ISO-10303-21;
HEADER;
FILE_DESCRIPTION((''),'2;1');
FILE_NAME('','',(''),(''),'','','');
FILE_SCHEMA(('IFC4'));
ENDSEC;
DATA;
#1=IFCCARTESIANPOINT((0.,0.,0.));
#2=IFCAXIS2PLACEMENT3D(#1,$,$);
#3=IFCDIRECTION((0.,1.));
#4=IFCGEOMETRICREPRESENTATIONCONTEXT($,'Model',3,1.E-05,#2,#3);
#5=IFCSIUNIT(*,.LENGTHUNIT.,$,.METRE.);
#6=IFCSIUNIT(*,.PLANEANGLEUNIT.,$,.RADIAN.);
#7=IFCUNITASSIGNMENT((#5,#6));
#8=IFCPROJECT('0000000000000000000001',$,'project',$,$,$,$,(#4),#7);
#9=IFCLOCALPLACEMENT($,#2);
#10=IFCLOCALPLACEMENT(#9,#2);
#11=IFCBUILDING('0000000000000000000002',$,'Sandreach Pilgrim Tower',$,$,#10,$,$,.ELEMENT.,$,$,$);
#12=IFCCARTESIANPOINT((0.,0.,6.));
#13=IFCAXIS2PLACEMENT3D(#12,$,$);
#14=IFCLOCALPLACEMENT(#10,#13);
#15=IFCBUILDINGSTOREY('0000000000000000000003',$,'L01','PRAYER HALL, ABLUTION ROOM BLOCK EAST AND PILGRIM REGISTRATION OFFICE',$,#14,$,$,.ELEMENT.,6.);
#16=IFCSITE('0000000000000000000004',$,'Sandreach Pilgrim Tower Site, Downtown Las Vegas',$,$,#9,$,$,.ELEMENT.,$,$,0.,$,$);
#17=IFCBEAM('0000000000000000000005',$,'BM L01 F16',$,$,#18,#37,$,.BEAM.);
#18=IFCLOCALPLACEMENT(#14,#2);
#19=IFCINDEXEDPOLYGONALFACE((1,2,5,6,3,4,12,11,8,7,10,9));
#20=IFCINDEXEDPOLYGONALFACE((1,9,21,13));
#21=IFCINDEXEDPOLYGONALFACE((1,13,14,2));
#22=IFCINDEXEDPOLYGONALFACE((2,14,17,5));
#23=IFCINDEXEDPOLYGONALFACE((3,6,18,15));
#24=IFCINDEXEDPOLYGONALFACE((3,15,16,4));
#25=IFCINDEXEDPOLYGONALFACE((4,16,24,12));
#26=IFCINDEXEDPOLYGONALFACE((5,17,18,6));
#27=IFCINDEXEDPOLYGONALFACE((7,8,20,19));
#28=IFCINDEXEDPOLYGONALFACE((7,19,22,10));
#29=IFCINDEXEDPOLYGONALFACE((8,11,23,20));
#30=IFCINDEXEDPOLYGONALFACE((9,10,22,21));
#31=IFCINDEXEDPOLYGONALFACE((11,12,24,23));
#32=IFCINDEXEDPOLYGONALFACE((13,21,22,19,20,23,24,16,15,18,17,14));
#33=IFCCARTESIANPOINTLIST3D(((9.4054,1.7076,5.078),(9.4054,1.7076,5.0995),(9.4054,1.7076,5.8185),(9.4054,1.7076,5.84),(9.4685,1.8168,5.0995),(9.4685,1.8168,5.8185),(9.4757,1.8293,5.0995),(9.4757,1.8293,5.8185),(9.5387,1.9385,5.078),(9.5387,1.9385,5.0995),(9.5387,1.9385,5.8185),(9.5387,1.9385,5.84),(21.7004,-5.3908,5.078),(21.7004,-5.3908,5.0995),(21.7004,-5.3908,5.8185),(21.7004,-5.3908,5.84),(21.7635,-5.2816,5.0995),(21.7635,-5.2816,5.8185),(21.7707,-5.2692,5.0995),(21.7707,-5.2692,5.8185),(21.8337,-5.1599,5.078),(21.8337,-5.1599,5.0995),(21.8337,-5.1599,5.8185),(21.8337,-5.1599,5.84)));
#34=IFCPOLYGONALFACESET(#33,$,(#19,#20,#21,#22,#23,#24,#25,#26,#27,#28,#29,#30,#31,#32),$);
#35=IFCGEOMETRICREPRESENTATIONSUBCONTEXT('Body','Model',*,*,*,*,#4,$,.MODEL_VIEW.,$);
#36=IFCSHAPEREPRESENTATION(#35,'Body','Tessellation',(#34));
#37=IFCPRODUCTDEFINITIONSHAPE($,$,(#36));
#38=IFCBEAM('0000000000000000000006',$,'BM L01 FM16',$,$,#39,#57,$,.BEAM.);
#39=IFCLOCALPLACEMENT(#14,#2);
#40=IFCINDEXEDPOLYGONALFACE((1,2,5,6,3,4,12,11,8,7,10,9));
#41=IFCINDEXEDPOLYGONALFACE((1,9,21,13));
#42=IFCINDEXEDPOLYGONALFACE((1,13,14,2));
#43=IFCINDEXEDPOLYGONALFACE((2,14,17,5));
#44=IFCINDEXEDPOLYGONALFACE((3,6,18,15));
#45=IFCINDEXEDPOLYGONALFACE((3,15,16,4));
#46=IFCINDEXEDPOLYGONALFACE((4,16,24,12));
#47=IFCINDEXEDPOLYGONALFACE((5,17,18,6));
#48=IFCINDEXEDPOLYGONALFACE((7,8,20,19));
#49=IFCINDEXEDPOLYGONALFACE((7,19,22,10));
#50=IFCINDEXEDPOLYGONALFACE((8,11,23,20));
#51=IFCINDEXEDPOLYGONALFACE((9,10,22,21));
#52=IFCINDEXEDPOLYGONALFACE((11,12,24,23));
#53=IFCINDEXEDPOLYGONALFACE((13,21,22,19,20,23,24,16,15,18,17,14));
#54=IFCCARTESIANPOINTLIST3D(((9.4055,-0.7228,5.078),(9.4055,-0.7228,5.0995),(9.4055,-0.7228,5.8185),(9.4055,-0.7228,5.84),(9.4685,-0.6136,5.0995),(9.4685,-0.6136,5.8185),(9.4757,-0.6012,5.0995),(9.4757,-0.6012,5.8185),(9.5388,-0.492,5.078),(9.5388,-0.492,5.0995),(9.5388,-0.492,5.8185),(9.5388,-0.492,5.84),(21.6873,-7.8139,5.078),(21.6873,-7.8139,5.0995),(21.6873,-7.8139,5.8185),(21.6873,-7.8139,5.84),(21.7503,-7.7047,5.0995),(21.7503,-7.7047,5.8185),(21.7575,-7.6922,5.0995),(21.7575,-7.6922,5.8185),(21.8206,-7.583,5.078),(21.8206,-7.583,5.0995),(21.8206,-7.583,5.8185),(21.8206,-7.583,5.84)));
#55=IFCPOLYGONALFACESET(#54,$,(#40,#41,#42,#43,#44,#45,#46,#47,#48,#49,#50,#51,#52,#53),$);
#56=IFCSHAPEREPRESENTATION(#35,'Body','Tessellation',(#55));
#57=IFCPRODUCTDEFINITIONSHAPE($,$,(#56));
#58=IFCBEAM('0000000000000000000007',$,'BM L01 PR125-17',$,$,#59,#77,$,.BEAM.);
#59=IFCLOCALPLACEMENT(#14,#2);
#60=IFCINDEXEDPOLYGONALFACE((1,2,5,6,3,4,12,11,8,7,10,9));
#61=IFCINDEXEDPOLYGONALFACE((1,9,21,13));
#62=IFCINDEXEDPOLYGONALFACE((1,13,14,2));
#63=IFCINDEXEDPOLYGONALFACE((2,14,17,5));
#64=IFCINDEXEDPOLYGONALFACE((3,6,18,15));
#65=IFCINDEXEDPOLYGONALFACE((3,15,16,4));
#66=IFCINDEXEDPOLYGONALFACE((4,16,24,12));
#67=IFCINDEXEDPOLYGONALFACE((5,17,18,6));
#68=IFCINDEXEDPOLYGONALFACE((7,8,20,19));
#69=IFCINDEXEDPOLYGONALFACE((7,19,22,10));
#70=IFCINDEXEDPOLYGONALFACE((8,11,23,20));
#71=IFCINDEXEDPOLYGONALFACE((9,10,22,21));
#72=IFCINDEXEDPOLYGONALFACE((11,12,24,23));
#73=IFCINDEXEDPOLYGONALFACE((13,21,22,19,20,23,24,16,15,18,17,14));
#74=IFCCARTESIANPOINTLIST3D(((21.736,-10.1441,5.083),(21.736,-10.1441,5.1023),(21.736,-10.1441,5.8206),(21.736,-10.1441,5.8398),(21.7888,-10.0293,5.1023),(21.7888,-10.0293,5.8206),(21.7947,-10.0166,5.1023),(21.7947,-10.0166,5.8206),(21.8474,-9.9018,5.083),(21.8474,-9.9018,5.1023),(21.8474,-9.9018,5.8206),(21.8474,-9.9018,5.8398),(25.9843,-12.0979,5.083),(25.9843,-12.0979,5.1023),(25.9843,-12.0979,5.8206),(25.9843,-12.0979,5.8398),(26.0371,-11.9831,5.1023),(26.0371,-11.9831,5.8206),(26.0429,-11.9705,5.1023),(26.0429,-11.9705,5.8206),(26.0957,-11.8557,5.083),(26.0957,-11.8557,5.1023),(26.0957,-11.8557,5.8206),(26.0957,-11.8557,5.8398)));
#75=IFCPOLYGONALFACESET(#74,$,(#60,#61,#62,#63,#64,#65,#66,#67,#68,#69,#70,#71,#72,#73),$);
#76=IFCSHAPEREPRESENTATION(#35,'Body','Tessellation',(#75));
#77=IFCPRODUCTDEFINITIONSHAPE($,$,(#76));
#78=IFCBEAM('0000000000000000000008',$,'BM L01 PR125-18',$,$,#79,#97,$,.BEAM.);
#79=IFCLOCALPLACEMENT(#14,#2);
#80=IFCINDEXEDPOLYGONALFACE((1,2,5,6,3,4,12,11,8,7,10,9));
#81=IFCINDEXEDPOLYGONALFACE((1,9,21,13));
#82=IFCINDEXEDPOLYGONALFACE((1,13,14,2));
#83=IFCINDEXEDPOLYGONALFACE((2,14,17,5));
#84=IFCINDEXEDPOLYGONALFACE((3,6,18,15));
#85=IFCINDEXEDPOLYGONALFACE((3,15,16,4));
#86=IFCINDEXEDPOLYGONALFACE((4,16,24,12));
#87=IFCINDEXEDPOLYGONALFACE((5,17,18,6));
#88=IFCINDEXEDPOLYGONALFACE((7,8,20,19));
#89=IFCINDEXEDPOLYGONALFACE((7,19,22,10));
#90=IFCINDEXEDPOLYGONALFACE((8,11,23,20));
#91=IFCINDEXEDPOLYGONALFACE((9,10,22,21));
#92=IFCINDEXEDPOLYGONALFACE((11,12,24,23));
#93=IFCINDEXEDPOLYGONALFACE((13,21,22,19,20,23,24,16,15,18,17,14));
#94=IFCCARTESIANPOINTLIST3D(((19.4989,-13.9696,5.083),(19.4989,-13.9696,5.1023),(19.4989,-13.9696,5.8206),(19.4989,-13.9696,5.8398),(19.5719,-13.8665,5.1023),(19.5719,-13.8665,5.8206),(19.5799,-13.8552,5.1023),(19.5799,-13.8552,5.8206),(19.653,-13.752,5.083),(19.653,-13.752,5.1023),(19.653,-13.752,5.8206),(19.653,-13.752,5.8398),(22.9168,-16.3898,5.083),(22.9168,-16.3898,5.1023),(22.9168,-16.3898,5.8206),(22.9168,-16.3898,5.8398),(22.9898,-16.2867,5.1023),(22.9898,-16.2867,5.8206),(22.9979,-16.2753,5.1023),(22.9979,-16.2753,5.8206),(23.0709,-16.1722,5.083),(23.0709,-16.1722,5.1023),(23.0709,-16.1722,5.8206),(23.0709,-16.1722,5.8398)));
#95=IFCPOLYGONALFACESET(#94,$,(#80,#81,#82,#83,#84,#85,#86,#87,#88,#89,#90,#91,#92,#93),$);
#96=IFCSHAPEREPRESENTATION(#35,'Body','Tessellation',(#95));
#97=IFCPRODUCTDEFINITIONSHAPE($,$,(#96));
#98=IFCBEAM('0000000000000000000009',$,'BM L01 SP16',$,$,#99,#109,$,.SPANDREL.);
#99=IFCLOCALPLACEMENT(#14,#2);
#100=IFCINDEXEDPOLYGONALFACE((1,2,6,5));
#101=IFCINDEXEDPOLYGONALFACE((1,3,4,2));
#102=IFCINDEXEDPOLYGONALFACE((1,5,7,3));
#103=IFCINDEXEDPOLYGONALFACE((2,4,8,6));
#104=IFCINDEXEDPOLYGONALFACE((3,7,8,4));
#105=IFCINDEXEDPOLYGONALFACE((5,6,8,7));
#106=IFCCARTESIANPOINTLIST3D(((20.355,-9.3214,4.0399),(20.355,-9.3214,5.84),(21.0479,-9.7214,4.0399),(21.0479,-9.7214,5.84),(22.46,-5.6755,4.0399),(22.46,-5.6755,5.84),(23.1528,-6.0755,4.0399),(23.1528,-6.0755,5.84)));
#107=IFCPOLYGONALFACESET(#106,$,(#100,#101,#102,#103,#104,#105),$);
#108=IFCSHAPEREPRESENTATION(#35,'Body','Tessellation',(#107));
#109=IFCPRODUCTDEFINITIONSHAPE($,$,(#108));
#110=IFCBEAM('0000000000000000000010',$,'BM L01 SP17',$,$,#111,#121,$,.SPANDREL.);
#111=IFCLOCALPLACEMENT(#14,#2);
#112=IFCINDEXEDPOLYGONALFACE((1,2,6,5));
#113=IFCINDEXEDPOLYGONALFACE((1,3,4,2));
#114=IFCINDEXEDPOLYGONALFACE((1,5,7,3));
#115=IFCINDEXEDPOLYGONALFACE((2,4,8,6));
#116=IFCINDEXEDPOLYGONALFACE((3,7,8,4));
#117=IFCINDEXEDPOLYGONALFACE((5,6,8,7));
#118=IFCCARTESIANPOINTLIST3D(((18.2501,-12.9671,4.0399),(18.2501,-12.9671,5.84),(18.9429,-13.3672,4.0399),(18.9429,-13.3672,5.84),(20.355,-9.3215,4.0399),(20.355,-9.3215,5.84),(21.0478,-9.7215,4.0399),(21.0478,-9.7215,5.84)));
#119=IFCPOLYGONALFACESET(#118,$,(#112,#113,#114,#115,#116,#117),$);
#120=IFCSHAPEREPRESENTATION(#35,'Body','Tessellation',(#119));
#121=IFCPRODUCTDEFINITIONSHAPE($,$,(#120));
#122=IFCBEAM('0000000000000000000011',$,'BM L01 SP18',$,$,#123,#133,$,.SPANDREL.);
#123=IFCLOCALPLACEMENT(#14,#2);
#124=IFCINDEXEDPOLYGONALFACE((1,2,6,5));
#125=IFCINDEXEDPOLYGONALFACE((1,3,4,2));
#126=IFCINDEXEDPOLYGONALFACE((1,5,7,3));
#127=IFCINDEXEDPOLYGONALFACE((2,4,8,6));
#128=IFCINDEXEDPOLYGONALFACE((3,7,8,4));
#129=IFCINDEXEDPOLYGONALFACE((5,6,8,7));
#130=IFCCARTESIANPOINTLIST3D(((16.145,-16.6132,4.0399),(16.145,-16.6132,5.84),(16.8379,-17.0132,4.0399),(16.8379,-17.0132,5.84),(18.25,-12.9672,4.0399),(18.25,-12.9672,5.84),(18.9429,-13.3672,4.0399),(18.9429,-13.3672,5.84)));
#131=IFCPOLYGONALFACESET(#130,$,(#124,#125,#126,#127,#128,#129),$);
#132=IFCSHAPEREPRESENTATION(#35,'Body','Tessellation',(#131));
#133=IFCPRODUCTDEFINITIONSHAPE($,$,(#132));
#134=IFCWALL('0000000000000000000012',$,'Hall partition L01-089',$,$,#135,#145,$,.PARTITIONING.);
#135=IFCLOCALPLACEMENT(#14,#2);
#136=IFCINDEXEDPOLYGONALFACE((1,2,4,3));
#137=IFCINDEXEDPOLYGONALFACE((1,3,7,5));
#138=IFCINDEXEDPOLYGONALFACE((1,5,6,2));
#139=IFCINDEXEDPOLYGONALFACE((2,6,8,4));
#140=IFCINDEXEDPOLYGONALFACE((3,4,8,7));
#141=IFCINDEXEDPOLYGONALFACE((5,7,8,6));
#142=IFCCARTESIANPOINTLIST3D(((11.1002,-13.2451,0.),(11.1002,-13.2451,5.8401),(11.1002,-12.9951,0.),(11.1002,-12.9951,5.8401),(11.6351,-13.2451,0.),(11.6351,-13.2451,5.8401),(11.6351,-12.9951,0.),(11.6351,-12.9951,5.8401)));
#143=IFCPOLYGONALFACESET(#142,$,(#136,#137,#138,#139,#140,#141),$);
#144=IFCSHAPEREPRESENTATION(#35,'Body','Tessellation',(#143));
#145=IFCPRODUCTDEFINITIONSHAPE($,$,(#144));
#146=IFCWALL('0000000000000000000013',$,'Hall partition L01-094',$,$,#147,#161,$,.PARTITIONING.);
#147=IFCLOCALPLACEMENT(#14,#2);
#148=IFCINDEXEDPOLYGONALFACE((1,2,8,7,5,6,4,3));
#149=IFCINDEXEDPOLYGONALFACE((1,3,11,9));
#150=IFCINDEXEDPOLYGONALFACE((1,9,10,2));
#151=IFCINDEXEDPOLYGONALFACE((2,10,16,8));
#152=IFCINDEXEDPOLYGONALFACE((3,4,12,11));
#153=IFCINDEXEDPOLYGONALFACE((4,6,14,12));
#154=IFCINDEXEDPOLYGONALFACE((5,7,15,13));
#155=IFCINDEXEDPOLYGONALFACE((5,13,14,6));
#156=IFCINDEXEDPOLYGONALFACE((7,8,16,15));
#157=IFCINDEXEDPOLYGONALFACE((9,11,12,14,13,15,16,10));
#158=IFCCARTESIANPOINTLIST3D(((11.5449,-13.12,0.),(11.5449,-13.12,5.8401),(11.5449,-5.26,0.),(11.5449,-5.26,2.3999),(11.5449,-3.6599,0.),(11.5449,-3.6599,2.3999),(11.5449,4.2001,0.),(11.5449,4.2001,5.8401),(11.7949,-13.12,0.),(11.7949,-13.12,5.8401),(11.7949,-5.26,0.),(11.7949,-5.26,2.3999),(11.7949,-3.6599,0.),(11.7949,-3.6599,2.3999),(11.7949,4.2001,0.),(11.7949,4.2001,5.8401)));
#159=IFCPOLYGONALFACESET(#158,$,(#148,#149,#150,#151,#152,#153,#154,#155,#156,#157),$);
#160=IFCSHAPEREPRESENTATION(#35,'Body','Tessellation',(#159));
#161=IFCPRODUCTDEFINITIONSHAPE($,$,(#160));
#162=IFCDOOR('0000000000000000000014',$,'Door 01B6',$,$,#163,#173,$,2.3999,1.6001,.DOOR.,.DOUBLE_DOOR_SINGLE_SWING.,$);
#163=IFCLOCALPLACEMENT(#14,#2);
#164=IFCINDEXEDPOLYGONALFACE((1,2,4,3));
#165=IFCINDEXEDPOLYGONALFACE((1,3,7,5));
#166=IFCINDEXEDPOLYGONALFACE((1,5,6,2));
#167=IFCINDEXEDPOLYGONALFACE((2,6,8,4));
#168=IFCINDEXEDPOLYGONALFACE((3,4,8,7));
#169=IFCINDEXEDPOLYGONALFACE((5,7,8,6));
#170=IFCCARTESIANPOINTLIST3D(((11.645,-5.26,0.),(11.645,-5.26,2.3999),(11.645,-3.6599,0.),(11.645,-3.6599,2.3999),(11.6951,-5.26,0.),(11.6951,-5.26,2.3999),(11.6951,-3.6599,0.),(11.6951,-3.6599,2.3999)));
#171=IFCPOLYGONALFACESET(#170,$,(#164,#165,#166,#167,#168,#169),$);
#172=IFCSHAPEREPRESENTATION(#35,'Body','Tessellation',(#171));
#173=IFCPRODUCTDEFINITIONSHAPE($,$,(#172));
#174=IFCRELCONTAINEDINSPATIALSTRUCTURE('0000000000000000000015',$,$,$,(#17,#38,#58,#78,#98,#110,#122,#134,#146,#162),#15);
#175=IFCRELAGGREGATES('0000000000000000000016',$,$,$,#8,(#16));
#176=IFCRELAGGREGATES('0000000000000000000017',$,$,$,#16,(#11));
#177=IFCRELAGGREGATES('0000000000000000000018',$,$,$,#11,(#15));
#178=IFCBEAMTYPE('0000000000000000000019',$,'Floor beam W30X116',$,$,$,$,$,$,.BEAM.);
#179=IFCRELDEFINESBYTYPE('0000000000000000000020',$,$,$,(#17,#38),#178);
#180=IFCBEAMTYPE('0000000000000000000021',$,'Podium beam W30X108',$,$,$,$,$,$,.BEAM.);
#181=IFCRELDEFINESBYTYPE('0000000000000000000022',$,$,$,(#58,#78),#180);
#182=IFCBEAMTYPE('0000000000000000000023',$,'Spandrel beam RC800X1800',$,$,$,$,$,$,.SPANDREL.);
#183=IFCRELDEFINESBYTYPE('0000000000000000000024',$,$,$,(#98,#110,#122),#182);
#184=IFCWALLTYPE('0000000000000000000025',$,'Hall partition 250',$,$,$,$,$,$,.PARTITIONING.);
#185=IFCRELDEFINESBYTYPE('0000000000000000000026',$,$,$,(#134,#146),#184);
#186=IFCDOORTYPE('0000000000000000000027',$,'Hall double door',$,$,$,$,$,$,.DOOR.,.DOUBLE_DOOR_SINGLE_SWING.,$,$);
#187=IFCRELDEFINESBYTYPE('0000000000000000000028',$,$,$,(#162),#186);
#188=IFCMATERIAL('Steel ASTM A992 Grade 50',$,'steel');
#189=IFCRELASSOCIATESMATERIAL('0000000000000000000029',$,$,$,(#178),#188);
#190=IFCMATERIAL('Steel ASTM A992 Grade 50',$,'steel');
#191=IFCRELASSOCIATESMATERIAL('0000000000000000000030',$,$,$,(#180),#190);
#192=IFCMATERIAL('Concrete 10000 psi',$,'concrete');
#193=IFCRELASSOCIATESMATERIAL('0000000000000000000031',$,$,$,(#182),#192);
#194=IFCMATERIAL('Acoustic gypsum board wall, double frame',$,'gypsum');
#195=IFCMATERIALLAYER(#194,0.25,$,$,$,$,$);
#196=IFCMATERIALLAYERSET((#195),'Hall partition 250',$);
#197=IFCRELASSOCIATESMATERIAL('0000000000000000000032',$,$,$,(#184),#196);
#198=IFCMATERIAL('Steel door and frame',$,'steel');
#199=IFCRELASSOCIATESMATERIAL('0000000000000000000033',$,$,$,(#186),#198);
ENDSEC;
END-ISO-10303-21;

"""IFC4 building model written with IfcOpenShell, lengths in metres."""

from ifc_helpers import new_model, si_unit, direction, frame, frame_2d, origin, origin_2d, place, context, subcontext, project, spatial, rectangle, i_section, extrude, material, layer, layer_set, material_profile, profile_set, type_object, element, fill, save


model = new_model("IFC4")

# Units and contexts
model_context = context("Model", 3, precision=1e-05, world=origin(), true_north=direction((0.0, 1.0)))
body_context = subcontext(model_context, "Body", "Model", "MODEL_VIEW")
ifc_project = project(units=[si_unit("LENGTHUNIT", "METRE"), si_unit("PLANEANGLEUNIT", "RADIAN")], contexts=[model_context])

# Site, building, storey
site_placement = place(None, origin())
site = spatial("IfcSite", under=ifc_project, at=site_placement, Name="Sandreach Pilgrim Tower Site, Downtown Las Vegas", CompositionType="ELEMENT", RefElevation=0.0)
building_placement = place(site_placement, origin())
building = spatial("IfcBuilding", under=site, at=building_placement, Name="Sandreach Pilgrim Tower", CompositionType="ELEMENT")
storey_placement = place(building_placement, frame((0.0, 0.0, 6.0)))
storey = spatial("IfcBuildingStorey", under=building, at=storey_placement, Name="L01", Description="PRAYER HALL, ABLUTION ROOM BLOCK EAST AND PILGRIM REGISTRATION OFFICE", CompositionType="ELEMENT", Elevation=6.0)

# Beams
ifc_material_1 = material(Name="Steel ASTM A992 Grade 50", Category="steel")
ifc_material_profile_1 = material_profile(ifc_material_1, i_section(OverallWidth=0.2666, OverallDepth=0.762, WebThickness=0.0144, FlangeThickness=0.0215, at=origin_2d()), Name="W30X116")
ifc_profile_set_1 = profile_set([ifc_material_profile_1], Name="Steel ASTM A992 Grade 50")
beam_type_1 = type_object("IfcBeamType", Name="Floor beam W30X116", PredefinedType="BEAM", material=ifc_profile_set_1)
beam_1_placement = place(storey_placement, frame((21.7671, -5.2754, 5.459), z_axis=(-0.866028, 0.499995, 0.0), x_axis=(-0.499995, -0.866028, 0.0)))
element("IfcBeam", 1, at=beam_1_placement, inside=storey, type_object=beam_type_1, Name="BM L01 F16", PredefinedType="BEAM", context=body_context, shape_type="SweptSolid", body=[
    extrude(i_section(OverallWidth=0.2666, OverallDepth=0.762, WebThickness=0.0144, FlangeThickness=0.0215, at=origin_2d()), origin(), (0.0, 0.0, 1.0), 14.197),
])
beam_2_placement = place(storey_placement, frame((21.7539, -7.6985, 5.459), z_axis=(-0.866019, 0.500011, 0.0), x_axis=(-0.500011, -0.866019, 0.0)))
element("IfcBeam", 2, at=beam_2_placement, inside=storey, type_object=beam_type_1, Name="BM L01 FM16", PredefinedType="BEAM", context=body_context, shape_type="SweptSolid", body=[
    extrude(i_section(OverallWidth=0.2666, OverallDepth=0.762, WebThickness=0.0144, FlangeThickness=0.0215, at=origin_2d()), origin(), (0.0, 0.0, 1.0), 14.1819),
])
ifc_material_2 = material(Name="Steel ASTM A992 Grade 50", Category="steel")
ifc_material_profile_2 = material_profile(ifc_material_2, i_section(OverallWidth=0.2666, OverallDepth=0.7568, WebThickness=0.0139, FlangeThickness=0.0193, at=origin_2d()), Name="W30X108")
ifc_profile_set_2 = profile_set([ifc_material_profile_2], Name="Steel ASTM A992 Grade 50")
beam_type_2 = type_object("IfcBeamType", Name="Podium beam W30X108", PredefinedType="BEAM", material=ifc_profile_set_2)
beam_3_placement = place(storey_placement, frame((21.7917, -10.0229, 5.4614), z_axis=(0.908519, -0.417843, 0.0), x_axis=(0.417843, 0.908519, 0.0)))
element("IfcBeam", 3, at=beam_3_placement, inside=storey, type_object=beam_type_2, Name="BM L01 PR125-17", PredefinedType="BEAM", context=body_context, shape_type="SweptSolid", body=[
    extrude(i_section(OverallWidth=0.2666, OverallDepth=0.7568, WebThickness=0.0139, FlangeThickness=0.0193, at=origin_2d()), origin(), (0.0, 0.0, 1.0), 4.676),
])
beam_4_placement = place(storey_placement, frame((19.5759, -13.8608, 5.4614), z_axis=(0.816125, -0.577875, 0.0), x_axis=(0.577875, 0.816125, 0.0)))
element("IfcBeam", 4, at=beam_4_placement, inside=storey, type_object=beam_type_2, Name="BM L01 PR125-18", PredefinedType="BEAM", context=body_context, shape_type="SweptSolid", body=[
    extrude(i_section(OverallWidth=0.2666, OverallDepth=0.7568, WebThickness=0.0139, FlangeThickness=0.0193, at=origin_2d()), origin(), (0.0, 0.0, 1.0), 4.188),
])
ifc_material_3 = material(Name="Concrete 10000 psi", Category="concrete")
ifc_material_profile_3 = material_profile(ifc_material_3, rectangle(XDim=0.8, YDim=1.8, at=origin_2d()), Name="RC800X1800")
ifc_profile_set_3 = profile_set([ifc_material_profile_3], Name="Concrete 10000 psi")
beam_type_3 = type_object("IfcBeamType", Name="Spandrel beam RC800X1800", PredefinedType="SPANDREL", material=ifc_profile_set_3)
beam_5_placement = place(storey_placement, frame((22.8064, -5.8755, 4.9399), z_axis=(-0.499994, -0.866029, 0.0), x_axis=(0.866029, -0.499994, 0.0)))
element("IfcBeam", 5, at=beam_5_placement, inside=storey, type_object=beam_type_3, Name="BM L01 SP16", PredefinedType="SPANDREL", context=body_context, shape_type="SweptSolid", body=[
    extrude(rectangle(XDim=0.8, YDim=1.8, at=origin_2d()), origin(), (0.0, 0.0, 1.0), 4.21),
])
beam_6_placement = place(storey_placement, frame((20.7014, -9.5215, 4.9399), z_axis=(-0.500019, -0.866015, 0.0), x_axis=(0.866015, -0.500019, 0.0)))
element("IfcBeam", 6, at=beam_6_placement, inside=storey, type_object=beam_type_3, Name="BM L01 SP17", PredefinedType="SPANDREL", context=body_context, shape_type="SweptSolid", body=[
    extrude(rectangle(XDim=0.8, YDim=1.8, at=origin_2d()), origin(), (0.0, 0.0, 1.0), 4.2097),
])
beam_7_placement = place(storey_placement, frame((18.5964, -13.1672, 4.9399), z_axis=(-0.499994, -0.866029, 0.0), x_axis=(0.866029, -0.499994, 0.0)))
element("IfcBeam", 7, at=beam_7_placement, inside=storey, type_object=beam_type_3, Name="BM L01 SP18", PredefinedType="SPANDREL", context=body_context, shape_type="SweptSolid", body=[
    extrude(rectangle(XDim=0.8, YDim=1.8, at=origin_2d()), origin(), (0.0, 0.0, 1.0), 4.21),
])

# Wall
ifc_material_4 = material(Name="Acoustic gypsum board wall, double frame", Category="gypsum")
ifc_layer = layer(ifc_material_4, 0.25)
ifc_layer_set = layer_set([ifc_layer], Name="Hall partition 250")
wall_type = type_object("IfcWallType", Name="Hall partition 250", PredefinedType="PARTITIONING", material=ifc_layer_set)
wall_1_placement = place(storey_placement, frame((11.1001, -13.1201, 0.0), z_axis=(0.0, 0.0, 1.0), x_axis=(1.0, 0.0, 0.0)))
element("IfcWall", 8, at=wall_1_placement, inside=storey, type_object=wall_type, Name="Hall partition L01-089", PredefinedType="PARTITIONING", context=body_context, shape_type="SweptSolid", body=[
    extrude(rectangle(XDim=0.5349, YDim=0.25, at=frame_2d((0.2676, 0.0))), origin(), (0.0, 0.0, 1.0), 5.8401),
])

# Wall, opening, door
wall_2_placement = place(storey_placement, frame((11.6699, -13.1201, 0.0), z_axis=(0.0, 0.0, 1.0), x_axis=(0.0, 1.0, 0.0)))
wall_2 = element("IfcWall", 9, at=wall_2_placement, inside=storey, type_object=wall_type, Name="Hall partition L01-094", PredefinedType="PARTITIONING", context=body_context, shape_type="SweptSolid", body=[
    extrude(rectangle(XDim=17.3201, YDim=0.25, at=frame_2d((8.6602, 0.0))), origin(), (0.0, 0.0, 1.0), 5.8401),
])
opening_1_placement = place(wall_2_placement, frame((7.8601, 0.0, 0.0)))
opening_1 = element("IfcOpeningElement", 10, at=opening_1_placement, cuts=wall_2, PredefinedType="OPENING", context=body_context, shape_type="SweptSolid", body=[
    extrude(rectangle(XDim=1.6001, YDim=2.3999, at=frame_2d((0.8, 1.2))), frame((0.0, 0.125, 0.0), z_axis=(0.0, -1.0, 0.0), x_axis=(1.0, 0.0, 0.0)), (0.0, 0.0, 1.0), 0.25),
])
ifc_material_5 = material(Name="Steel door and frame", Category="steel")
door_type = type_object("IfcDoorType", Name="Hall double door", OperationType="DOUBLE_DOOR_SINGLE_SWING", PredefinedType="DOOR", material=ifc_material_5)
door_1_placement = place(opening_1_placement, origin())
door_1 = element("IfcDoor", 11, at=door_1_placement, inside=storey, type_object=door_type, Name="Door 01B6", OperationType="DOUBLE_DOOR_SINGLE_SWING", OverallHeight=2.3999, OverallWidth=1.6001, PredefinedType="DOOR", context=body_context, shape_type="SweptSolid", body=[
    extrude(rectangle(XDim=1.6001, YDim=2.3999, at=frame_2d((0.8, 1.2))), frame((0.0, 0.0249, 0.0), z_axis=(0.0, -1.0, 0.0), x_axis=(1.0, 0.0, 0.0)), (0.0, 0.0, 1.0), 0.05),
])
fill(opening_1, door_1)

save(model, "model.ifc")
